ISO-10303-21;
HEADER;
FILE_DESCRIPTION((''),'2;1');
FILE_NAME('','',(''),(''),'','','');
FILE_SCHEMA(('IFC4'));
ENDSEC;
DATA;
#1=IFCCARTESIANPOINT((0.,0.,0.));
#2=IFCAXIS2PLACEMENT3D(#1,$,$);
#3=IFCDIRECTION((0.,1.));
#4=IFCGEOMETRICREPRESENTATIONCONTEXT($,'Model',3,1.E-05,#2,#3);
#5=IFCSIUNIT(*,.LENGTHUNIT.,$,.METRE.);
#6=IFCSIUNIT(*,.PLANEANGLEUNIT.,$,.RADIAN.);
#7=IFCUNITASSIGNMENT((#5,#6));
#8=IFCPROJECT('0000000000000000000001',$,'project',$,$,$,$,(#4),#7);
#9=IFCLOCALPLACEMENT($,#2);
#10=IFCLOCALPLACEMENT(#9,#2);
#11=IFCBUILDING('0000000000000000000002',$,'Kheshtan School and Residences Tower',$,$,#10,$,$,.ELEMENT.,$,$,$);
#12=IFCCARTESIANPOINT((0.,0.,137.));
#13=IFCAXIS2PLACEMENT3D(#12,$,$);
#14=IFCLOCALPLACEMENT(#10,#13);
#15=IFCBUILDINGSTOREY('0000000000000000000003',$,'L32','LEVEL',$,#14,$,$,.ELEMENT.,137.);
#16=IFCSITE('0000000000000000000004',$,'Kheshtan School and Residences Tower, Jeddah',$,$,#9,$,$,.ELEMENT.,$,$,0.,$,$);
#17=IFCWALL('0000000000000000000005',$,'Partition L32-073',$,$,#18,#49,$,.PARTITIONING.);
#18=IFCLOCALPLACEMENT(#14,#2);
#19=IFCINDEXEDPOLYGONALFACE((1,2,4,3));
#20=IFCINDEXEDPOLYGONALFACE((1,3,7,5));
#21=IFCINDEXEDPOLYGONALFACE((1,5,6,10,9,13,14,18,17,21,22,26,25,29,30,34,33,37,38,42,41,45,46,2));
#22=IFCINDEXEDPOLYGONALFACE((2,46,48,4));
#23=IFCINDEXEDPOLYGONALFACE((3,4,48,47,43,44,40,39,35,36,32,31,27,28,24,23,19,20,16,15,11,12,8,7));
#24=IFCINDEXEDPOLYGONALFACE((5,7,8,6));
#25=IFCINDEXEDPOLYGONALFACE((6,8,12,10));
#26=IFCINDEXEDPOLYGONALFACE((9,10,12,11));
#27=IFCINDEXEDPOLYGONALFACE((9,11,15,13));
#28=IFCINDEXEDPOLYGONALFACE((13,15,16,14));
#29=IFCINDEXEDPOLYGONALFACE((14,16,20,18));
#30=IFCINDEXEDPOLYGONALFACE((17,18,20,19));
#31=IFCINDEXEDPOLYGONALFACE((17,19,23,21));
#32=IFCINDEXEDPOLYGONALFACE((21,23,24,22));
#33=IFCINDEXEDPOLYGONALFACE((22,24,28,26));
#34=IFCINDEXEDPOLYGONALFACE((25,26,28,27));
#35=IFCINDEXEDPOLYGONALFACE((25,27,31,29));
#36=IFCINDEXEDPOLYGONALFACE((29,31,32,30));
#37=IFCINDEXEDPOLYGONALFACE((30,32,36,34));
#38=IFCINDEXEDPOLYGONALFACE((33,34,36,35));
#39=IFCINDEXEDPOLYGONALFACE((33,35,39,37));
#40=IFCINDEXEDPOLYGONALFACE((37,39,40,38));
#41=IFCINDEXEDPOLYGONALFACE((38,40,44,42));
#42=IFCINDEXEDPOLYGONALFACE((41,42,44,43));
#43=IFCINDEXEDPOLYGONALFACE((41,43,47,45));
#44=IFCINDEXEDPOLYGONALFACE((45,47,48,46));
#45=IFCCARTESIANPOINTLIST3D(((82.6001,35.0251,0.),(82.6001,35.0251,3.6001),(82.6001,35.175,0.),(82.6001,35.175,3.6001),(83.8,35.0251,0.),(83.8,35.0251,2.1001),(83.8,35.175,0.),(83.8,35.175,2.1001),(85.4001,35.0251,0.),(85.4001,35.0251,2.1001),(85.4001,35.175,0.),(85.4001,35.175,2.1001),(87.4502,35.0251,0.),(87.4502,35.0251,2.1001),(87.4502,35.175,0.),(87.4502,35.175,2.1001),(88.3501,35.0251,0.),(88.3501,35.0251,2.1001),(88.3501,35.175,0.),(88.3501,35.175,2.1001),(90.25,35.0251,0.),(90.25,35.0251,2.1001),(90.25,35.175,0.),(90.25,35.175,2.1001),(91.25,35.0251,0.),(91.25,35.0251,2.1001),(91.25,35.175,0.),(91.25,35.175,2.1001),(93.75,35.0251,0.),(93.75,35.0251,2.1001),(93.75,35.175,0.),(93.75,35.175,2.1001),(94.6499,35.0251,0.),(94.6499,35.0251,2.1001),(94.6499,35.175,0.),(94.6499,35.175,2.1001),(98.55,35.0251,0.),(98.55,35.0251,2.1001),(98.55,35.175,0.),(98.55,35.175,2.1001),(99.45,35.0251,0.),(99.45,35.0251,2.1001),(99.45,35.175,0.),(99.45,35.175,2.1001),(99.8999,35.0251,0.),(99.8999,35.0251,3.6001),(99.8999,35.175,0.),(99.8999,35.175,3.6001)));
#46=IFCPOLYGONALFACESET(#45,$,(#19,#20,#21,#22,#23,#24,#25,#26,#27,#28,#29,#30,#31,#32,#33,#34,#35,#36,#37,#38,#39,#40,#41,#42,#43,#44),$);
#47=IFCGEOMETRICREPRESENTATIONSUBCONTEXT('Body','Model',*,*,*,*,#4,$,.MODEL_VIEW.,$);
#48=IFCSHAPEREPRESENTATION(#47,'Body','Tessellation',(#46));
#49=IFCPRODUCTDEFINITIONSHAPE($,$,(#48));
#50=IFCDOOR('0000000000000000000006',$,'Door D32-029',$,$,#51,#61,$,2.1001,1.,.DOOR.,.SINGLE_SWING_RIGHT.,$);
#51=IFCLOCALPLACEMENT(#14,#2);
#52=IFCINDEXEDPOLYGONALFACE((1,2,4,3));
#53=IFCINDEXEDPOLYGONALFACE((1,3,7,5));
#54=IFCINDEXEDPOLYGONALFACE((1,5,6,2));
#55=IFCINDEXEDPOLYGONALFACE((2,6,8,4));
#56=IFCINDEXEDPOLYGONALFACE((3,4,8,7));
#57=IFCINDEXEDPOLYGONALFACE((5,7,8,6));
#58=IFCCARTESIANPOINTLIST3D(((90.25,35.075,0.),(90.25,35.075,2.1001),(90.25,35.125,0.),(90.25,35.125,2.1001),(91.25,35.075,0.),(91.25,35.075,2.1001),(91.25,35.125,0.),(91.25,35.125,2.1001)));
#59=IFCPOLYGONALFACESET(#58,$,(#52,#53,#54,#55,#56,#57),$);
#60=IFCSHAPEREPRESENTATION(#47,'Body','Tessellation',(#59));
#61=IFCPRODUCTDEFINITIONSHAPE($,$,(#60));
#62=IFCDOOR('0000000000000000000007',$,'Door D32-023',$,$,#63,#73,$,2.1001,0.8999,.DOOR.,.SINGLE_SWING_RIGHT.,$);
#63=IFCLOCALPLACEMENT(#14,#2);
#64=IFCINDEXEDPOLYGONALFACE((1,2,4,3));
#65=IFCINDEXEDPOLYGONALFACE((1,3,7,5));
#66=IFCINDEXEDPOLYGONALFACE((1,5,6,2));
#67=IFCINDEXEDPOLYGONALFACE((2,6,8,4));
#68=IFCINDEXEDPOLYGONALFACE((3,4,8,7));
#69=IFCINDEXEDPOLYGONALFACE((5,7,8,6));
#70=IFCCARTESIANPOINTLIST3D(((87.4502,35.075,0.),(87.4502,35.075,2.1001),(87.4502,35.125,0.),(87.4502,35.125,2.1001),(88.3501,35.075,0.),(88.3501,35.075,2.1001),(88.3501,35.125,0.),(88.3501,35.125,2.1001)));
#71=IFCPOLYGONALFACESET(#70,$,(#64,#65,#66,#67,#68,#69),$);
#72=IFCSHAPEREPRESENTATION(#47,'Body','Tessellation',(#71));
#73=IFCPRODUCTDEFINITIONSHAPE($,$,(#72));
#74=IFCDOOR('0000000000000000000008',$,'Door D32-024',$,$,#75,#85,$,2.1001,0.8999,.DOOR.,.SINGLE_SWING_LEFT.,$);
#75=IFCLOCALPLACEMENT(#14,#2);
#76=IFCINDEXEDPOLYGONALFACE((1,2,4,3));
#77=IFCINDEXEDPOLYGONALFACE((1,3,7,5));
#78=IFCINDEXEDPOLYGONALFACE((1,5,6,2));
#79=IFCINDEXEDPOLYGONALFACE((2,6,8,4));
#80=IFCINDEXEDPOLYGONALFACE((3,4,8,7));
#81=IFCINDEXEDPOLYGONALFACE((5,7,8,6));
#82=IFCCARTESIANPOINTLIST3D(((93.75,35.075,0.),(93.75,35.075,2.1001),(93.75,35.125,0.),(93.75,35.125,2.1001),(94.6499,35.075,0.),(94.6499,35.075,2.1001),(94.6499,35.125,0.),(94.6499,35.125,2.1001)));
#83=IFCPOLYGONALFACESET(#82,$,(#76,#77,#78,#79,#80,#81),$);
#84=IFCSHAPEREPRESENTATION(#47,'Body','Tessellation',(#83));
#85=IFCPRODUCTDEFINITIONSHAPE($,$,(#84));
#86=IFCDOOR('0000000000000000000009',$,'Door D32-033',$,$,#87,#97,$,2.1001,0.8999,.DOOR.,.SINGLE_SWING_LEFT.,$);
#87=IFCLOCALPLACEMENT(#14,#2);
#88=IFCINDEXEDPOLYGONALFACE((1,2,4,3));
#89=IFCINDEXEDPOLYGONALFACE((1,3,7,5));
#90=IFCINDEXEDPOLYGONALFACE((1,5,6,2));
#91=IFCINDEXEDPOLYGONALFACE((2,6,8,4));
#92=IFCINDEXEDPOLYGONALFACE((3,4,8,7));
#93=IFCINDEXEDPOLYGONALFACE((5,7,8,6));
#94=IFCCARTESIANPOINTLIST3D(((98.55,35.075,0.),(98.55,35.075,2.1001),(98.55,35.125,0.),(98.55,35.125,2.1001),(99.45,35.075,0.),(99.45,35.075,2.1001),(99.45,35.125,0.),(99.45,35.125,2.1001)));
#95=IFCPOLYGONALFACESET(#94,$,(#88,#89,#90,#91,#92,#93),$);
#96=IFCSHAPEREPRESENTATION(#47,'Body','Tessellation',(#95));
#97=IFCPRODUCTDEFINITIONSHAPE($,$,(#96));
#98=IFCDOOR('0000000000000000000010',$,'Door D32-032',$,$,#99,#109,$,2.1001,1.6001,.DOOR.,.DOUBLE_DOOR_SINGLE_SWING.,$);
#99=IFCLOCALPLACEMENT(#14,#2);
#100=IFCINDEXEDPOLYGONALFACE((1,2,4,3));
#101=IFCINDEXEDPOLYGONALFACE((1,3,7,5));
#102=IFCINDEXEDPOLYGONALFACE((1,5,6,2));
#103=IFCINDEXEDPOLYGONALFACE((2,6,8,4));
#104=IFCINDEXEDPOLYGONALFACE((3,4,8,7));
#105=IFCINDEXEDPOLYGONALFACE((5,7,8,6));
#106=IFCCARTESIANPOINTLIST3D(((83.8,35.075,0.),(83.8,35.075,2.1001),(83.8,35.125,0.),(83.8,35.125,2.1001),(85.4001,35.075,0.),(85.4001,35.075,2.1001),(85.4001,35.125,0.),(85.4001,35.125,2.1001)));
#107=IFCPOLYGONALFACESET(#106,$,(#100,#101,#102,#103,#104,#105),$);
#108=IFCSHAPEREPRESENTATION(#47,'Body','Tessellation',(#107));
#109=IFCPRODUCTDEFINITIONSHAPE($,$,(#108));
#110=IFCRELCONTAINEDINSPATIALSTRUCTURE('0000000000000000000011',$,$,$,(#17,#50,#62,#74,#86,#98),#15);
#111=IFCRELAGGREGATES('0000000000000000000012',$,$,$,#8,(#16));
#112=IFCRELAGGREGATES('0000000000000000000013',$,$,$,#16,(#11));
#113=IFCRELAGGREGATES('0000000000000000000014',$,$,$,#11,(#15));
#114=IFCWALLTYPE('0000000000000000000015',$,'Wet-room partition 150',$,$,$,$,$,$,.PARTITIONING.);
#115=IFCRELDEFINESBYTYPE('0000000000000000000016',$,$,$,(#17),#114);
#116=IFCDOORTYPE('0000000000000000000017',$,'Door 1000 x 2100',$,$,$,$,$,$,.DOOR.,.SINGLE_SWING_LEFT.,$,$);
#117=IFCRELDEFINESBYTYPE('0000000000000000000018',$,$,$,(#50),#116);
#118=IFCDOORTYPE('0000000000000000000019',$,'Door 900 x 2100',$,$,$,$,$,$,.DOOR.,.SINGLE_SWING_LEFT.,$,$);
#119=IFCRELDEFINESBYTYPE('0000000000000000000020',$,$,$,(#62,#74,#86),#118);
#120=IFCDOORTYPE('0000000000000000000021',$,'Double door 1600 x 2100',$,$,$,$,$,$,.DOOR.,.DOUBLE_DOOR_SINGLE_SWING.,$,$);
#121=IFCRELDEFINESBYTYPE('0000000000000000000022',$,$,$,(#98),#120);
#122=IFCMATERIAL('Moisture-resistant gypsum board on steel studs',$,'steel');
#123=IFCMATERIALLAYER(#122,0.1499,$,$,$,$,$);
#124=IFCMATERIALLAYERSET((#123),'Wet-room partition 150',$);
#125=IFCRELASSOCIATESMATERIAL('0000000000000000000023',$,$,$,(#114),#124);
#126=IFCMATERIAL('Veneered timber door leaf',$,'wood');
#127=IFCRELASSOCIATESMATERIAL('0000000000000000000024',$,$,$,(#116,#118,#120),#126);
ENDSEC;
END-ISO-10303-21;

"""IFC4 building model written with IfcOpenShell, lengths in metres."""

from ifc_helpers import new_model, si_unit, direction, frame, frame_2d, origin, place, context, subcontext, project, spatial, rectangle, extrude, source, transform, mapped, material, layer, layer_set, type_object, element, fill, save


model = new_model("IFC4")

# Units and contexts
model_context = context("Model", 3, precision=1e-05, world=origin(), true_north=direction((0.0, 1.0)))
body_context = subcontext(model_context, "Body", "Model", "MODEL_VIEW")
ifc_project = project(units=[si_unit("LENGTHUNIT", "METRE"), si_unit("PLANEANGLEUNIT", "RADIAN")], contexts=[model_context])

# Site, building, storey
site_placement = place(None, origin())
site = spatial("IfcSite", under=ifc_project, at=site_placement, Name="Kheshtan School and Residences Tower, Jeddah", CompositionType="ELEMENT", RefElevation=0.0)
building_placement = place(site_placement, origin())
building = spatial("IfcBuilding", under=site, at=building_placement, Name="Kheshtan School and Residences Tower", CompositionType="ELEMENT")
storey_placement = place(building_placement, frame((0.0, 0.0, 137.0)))
storey = spatial("IfcBuildingStorey", under=building, at=storey_placement, Name="L32", Description="LEVEL", CompositionType="ELEMENT", Elevation=137.0)

# Shared definitions
ifc_material_1 = material(Name="Moisture-resistant gypsum board on steel studs", Category="steel")
ifc_layer_1 = layer(ifc_material_1, 0.1499)
ifc_layer_set_1 = layer_set([ifc_layer_1], Name="Wet-room partition 150")
wall_type = type_object("IfcWallType", Name="Wet-room partition 150", PredefinedType="PARTITIONING", material=ifc_layer_set_1)
ifc_material_2 = material(Name="Veneered timber door leaf", Category="wood")

# Wall, openings, doors
wall_1_placement = place(storey_placement, frame((82.6001, 35.1001, 0.0), z_axis=(0.0, 0.0, 1.0), x_axis=(1.0, 0.0, 0.0)))
wall_1 = element("IfcWall", 1, at=wall_1_placement, inside=storey, type_object=wall_type, Name="Partition L32-073", PredefinedType="PARTITIONING", context=body_context, shape_type="SweptSolid", body=[
    extrude(rectangle(XDim=17.2998, YDim=0.1499, at=frame_2d((8.6499, 0.0))), origin(), (0.0, 0.0, 1.0), 3.6001),
])
opening_1_placement = place(wall_1_placement, frame((4.8501, 0.0, 0.0)))
opening_1 = element("IfcOpeningElement", 2, at=opening_1_placement, cuts=wall_1, PredefinedType="OPENING", context=body_context, shape_type="SweptSolid", body=[
    extrude(rectangle(XDim=0.8999, YDim=2.1001, at=frame_2d((0.45, 1.05))), frame((0.0, 0.085, 0.0), z_axis=(0.0, -1.0, 0.0), x_axis=(1.0, 0.0, 0.0)), (0.0, 0.0, 1.0), 0.1699),
])
opening_2_placement = place(wall_1_placement, frame((11.1499, 0.0, 0.0)))
opening_2 = element("IfcOpeningElement", 3, at=opening_2_placement, cuts=wall_1, PredefinedType="OPENING", context=body_context, shape_type="SweptSolid", body=[
    extrude(rectangle(XDim=0.8999, YDim=2.1001, at=frame_2d((0.45, 1.05))), frame((0.0, 0.085, 0.0), z_axis=(0.0, -1.0, 0.0), x_axis=(1.0, 0.0, 0.0)), (0.0, 0.0, 1.0), 0.1699),
])
opening_3_placement = place(wall_1_placement, frame((7.6499, 0.0, 0.0)))
opening_3 = element("IfcOpeningElement", 4, at=opening_3_placement, cuts=wall_1, PredefinedType="OPENING", context=body_context, shape_type="SweptSolid", body=[
    extrude(rectangle(XDim=1.0, YDim=2.1001, at=frame_2d((0.5, 1.05))), frame((0.0, 0.085, 0.0), z_axis=(0.0, -1.0, 0.0), x_axis=(1.0, 0.0, 0.0)), (0.0, 0.0, 1.0), 0.1699),
])
opening_4_placement = place(wall_1_placement, frame((1.2, 0.0, 0.0)))
opening_4 = element("IfcOpeningElement", 5, at=opening_4_placement, cuts=wall_1, PredefinedType="OPENING", context=body_context, shape_type="SweptSolid", body=[
    extrude(rectangle(XDim=1.6001, YDim=2.1001, at=frame_2d((0.8, 1.05))), frame((0.0, 0.085, 0.0), z_axis=(0.0, -1.0, 0.0), x_axis=(1.0, 0.0, 0.0)), (0.0, 0.0, 1.0), 0.1699),
])
opening_5_placement = place(wall_1_placement, frame((15.95, 0.0, 0.0)))
opening_5 = element("IfcOpeningElement", 6, at=opening_5_placement, cuts=wall_1, PredefinedType="OPENING", context=body_context, shape_type="SweptSolid", body=[
    extrude(rectangle(XDim=0.8999, YDim=2.1001, at=frame_2d((0.45, 1.05))), frame((0.0, 0.085, 0.0), z_axis=(0.0, -1.0, 0.0), x_axis=(1.0, 0.0, 0.0)), (0.0, 0.0, 1.0), 0.1699),
])
door_type_1 = type_object("IfcDoorType", Name="Door 1000 x 2100", OperationType="SINGLE_SWING_LEFT", PredefinedType="DOOR", material=ifc_material_2)
shared_shape_1 = source(origin(), body_context, "Body", "SweptSolid", [
    extrude(rectangle(XDim=1.0, YDim=2.1001, at=frame_2d((0.5, 1.05))), frame((0.0, 0.0249, 0.0), z_axis=(0.0, -1.0, 0.0), x_axis=(1.0, 0.0, 0.0)), (0.0, 0.0, 1.0), 0.05),
])
door_1_placement = place(opening_3_placement, origin())
door_1 = element("IfcDoor", 7, at=door_1_placement, inside=storey, type_object=door_type_1, Name="Door D32-029", OperationType="SINGLE_SWING_RIGHT", OverallHeight=2.1001, OverallWidth=1.0, PredefinedType="DOOR", context=body_context, shape_type="MappedRepresentation", body=[
    mapped(shared_shape_1, transform((0.0, 0.0, 0.0), x_axis=(1.0, 0.0, 0.0), y_axis=(0.0, 1.0, 0.0), z_axis=(0.0, 0.0, 1.0), scale=1.0)),
])
fill(opening_3, door_1)
door_type_2 = type_object("IfcDoorType", Name="Door 900 x 2100", OperationType="SINGLE_SWING_LEFT", PredefinedType="DOOR", material=ifc_material_2)
shared_shape_2 = source(origin(), body_context, "Body", "SweptSolid", [
    extrude(rectangle(XDim=0.8999, YDim=2.1001, at=frame_2d((0.45, 1.05))), frame((0.0, 0.0249, 0.0), z_axis=(0.0, -1.0, 0.0), x_axis=(1.0, 0.0, 0.0)), (0.0, 0.0, 1.0), 0.05),
])
door_2_placement = place(opening_1_placement, origin())
door_2 = element("IfcDoor", 8, at=door_2_placement, inside=storey, type_object=door_type_2, Name="Door D32-023", OperationType="SINGLE_SWING_RIGHT", OverallHeight=2.1001, OverallWidth=0.8999, PredefinedType="DOOR", context=body_context, shape_type="MappedRepresentation", body=[
    mapped(shared_shape_2, transform((0.0, 0.0, 0.0), x_axis=(1.0, 0.0, 0.0), y_axis=(0.0, 1.0, 0.0), z_axis=(0.0, 0.0, 1.0), scale=1.0)),
])
fill(opening_1, door_2)
door_3_placement = place(opening_2_placement, origin())
door_3 = element("IfcDoor", 9, at=door_3_placement, inside=storey, type_object=door_type_2, Name="Door D32-024", OperationType="SINGLE_SWING_LEFT", OverallHeight=2.1001, OverallWidth=0.8999, PredefinedType="DOOR", context=body_context, shape_type="MappedRepresentation", body=[
    mapped(shared_shape_2, transform((0.0, 0.0, 0.0), x_axis=(1.0, 0.0, 0.0), y_axis=(0.0, 1.0, 0.0), z_axis=(0.0, 0.0, 1.0), scale=1.0)),
])
fill(opening_2, door_3)
door_4_placement = place(opening_5_placement, origin())
door_4 = element("IfcDoor", 10, at=door_4_placement, inside=storey, type_object=door_type_2, Name="Door D32-033", OperationType="SINGLE_SWING_LEFT", OverallHeight=2.1001, OverallWidth=0.8999, PredefinedType="DOOR", context=body_context, shape_type="MappedRepresentation", body=[
    mapped(shared_shape_2, transform((0.0, 0.0, 0.0), x_axis=(1.0, 0.0, 0.0), y_axis=(0.0, 1.0, 0.0), z_axis=(0.0, 0.0, 1.0), scale=1.0)),
])
fill(opening_5, door_4)
door_type_3 = type_object("IfcDoorType", Name="Double door 1600 x 2100", OperationType="DOUBLE_DOOR_SINGLE_SWING", PredefinedType="DOOR", material=ifc_material_2)
shared_shape_3 = source(origin(), body_context, "Body", "SweptSolid", [
    extrude(rectangle(XDim=1.6001, YDim=2.1001, at=frame_2d((0.8, 1.05))), frame((0.0, 0.0249, 0.0), z_axis=(0.0, -1.0, 0.0), x_axis=(1.0, 0.0, 0.0)), (0.0, 0.0, 1.0), 0.05),
])
door_5_placement = place(opening_4_placement, origin())
door_5 = element("IfcDoor", 11, at=door_5_placement, inside=storey, type_object=door_type_3, Name="Door D32-032", OperationType="DOUBLE_DOOR_SINGLE_SWING", OverallHeight=2.1001, OverallWidth=1.6001, PredefinedType="DOOR", context=body_context, shape_type="MappedRepresentation", body=[
    mapped(shared_shape_3, transform((0.0, 0.0, 0.0), x_axis=(1.0, 0.0, 0.0), y_axis=(0.0, 1.0, 0.0), z_axis=(0.0, 0.0, 1.0), scale=1.0)),
])
fill(opening_4, door_5)

save(model, "model.ifc")
